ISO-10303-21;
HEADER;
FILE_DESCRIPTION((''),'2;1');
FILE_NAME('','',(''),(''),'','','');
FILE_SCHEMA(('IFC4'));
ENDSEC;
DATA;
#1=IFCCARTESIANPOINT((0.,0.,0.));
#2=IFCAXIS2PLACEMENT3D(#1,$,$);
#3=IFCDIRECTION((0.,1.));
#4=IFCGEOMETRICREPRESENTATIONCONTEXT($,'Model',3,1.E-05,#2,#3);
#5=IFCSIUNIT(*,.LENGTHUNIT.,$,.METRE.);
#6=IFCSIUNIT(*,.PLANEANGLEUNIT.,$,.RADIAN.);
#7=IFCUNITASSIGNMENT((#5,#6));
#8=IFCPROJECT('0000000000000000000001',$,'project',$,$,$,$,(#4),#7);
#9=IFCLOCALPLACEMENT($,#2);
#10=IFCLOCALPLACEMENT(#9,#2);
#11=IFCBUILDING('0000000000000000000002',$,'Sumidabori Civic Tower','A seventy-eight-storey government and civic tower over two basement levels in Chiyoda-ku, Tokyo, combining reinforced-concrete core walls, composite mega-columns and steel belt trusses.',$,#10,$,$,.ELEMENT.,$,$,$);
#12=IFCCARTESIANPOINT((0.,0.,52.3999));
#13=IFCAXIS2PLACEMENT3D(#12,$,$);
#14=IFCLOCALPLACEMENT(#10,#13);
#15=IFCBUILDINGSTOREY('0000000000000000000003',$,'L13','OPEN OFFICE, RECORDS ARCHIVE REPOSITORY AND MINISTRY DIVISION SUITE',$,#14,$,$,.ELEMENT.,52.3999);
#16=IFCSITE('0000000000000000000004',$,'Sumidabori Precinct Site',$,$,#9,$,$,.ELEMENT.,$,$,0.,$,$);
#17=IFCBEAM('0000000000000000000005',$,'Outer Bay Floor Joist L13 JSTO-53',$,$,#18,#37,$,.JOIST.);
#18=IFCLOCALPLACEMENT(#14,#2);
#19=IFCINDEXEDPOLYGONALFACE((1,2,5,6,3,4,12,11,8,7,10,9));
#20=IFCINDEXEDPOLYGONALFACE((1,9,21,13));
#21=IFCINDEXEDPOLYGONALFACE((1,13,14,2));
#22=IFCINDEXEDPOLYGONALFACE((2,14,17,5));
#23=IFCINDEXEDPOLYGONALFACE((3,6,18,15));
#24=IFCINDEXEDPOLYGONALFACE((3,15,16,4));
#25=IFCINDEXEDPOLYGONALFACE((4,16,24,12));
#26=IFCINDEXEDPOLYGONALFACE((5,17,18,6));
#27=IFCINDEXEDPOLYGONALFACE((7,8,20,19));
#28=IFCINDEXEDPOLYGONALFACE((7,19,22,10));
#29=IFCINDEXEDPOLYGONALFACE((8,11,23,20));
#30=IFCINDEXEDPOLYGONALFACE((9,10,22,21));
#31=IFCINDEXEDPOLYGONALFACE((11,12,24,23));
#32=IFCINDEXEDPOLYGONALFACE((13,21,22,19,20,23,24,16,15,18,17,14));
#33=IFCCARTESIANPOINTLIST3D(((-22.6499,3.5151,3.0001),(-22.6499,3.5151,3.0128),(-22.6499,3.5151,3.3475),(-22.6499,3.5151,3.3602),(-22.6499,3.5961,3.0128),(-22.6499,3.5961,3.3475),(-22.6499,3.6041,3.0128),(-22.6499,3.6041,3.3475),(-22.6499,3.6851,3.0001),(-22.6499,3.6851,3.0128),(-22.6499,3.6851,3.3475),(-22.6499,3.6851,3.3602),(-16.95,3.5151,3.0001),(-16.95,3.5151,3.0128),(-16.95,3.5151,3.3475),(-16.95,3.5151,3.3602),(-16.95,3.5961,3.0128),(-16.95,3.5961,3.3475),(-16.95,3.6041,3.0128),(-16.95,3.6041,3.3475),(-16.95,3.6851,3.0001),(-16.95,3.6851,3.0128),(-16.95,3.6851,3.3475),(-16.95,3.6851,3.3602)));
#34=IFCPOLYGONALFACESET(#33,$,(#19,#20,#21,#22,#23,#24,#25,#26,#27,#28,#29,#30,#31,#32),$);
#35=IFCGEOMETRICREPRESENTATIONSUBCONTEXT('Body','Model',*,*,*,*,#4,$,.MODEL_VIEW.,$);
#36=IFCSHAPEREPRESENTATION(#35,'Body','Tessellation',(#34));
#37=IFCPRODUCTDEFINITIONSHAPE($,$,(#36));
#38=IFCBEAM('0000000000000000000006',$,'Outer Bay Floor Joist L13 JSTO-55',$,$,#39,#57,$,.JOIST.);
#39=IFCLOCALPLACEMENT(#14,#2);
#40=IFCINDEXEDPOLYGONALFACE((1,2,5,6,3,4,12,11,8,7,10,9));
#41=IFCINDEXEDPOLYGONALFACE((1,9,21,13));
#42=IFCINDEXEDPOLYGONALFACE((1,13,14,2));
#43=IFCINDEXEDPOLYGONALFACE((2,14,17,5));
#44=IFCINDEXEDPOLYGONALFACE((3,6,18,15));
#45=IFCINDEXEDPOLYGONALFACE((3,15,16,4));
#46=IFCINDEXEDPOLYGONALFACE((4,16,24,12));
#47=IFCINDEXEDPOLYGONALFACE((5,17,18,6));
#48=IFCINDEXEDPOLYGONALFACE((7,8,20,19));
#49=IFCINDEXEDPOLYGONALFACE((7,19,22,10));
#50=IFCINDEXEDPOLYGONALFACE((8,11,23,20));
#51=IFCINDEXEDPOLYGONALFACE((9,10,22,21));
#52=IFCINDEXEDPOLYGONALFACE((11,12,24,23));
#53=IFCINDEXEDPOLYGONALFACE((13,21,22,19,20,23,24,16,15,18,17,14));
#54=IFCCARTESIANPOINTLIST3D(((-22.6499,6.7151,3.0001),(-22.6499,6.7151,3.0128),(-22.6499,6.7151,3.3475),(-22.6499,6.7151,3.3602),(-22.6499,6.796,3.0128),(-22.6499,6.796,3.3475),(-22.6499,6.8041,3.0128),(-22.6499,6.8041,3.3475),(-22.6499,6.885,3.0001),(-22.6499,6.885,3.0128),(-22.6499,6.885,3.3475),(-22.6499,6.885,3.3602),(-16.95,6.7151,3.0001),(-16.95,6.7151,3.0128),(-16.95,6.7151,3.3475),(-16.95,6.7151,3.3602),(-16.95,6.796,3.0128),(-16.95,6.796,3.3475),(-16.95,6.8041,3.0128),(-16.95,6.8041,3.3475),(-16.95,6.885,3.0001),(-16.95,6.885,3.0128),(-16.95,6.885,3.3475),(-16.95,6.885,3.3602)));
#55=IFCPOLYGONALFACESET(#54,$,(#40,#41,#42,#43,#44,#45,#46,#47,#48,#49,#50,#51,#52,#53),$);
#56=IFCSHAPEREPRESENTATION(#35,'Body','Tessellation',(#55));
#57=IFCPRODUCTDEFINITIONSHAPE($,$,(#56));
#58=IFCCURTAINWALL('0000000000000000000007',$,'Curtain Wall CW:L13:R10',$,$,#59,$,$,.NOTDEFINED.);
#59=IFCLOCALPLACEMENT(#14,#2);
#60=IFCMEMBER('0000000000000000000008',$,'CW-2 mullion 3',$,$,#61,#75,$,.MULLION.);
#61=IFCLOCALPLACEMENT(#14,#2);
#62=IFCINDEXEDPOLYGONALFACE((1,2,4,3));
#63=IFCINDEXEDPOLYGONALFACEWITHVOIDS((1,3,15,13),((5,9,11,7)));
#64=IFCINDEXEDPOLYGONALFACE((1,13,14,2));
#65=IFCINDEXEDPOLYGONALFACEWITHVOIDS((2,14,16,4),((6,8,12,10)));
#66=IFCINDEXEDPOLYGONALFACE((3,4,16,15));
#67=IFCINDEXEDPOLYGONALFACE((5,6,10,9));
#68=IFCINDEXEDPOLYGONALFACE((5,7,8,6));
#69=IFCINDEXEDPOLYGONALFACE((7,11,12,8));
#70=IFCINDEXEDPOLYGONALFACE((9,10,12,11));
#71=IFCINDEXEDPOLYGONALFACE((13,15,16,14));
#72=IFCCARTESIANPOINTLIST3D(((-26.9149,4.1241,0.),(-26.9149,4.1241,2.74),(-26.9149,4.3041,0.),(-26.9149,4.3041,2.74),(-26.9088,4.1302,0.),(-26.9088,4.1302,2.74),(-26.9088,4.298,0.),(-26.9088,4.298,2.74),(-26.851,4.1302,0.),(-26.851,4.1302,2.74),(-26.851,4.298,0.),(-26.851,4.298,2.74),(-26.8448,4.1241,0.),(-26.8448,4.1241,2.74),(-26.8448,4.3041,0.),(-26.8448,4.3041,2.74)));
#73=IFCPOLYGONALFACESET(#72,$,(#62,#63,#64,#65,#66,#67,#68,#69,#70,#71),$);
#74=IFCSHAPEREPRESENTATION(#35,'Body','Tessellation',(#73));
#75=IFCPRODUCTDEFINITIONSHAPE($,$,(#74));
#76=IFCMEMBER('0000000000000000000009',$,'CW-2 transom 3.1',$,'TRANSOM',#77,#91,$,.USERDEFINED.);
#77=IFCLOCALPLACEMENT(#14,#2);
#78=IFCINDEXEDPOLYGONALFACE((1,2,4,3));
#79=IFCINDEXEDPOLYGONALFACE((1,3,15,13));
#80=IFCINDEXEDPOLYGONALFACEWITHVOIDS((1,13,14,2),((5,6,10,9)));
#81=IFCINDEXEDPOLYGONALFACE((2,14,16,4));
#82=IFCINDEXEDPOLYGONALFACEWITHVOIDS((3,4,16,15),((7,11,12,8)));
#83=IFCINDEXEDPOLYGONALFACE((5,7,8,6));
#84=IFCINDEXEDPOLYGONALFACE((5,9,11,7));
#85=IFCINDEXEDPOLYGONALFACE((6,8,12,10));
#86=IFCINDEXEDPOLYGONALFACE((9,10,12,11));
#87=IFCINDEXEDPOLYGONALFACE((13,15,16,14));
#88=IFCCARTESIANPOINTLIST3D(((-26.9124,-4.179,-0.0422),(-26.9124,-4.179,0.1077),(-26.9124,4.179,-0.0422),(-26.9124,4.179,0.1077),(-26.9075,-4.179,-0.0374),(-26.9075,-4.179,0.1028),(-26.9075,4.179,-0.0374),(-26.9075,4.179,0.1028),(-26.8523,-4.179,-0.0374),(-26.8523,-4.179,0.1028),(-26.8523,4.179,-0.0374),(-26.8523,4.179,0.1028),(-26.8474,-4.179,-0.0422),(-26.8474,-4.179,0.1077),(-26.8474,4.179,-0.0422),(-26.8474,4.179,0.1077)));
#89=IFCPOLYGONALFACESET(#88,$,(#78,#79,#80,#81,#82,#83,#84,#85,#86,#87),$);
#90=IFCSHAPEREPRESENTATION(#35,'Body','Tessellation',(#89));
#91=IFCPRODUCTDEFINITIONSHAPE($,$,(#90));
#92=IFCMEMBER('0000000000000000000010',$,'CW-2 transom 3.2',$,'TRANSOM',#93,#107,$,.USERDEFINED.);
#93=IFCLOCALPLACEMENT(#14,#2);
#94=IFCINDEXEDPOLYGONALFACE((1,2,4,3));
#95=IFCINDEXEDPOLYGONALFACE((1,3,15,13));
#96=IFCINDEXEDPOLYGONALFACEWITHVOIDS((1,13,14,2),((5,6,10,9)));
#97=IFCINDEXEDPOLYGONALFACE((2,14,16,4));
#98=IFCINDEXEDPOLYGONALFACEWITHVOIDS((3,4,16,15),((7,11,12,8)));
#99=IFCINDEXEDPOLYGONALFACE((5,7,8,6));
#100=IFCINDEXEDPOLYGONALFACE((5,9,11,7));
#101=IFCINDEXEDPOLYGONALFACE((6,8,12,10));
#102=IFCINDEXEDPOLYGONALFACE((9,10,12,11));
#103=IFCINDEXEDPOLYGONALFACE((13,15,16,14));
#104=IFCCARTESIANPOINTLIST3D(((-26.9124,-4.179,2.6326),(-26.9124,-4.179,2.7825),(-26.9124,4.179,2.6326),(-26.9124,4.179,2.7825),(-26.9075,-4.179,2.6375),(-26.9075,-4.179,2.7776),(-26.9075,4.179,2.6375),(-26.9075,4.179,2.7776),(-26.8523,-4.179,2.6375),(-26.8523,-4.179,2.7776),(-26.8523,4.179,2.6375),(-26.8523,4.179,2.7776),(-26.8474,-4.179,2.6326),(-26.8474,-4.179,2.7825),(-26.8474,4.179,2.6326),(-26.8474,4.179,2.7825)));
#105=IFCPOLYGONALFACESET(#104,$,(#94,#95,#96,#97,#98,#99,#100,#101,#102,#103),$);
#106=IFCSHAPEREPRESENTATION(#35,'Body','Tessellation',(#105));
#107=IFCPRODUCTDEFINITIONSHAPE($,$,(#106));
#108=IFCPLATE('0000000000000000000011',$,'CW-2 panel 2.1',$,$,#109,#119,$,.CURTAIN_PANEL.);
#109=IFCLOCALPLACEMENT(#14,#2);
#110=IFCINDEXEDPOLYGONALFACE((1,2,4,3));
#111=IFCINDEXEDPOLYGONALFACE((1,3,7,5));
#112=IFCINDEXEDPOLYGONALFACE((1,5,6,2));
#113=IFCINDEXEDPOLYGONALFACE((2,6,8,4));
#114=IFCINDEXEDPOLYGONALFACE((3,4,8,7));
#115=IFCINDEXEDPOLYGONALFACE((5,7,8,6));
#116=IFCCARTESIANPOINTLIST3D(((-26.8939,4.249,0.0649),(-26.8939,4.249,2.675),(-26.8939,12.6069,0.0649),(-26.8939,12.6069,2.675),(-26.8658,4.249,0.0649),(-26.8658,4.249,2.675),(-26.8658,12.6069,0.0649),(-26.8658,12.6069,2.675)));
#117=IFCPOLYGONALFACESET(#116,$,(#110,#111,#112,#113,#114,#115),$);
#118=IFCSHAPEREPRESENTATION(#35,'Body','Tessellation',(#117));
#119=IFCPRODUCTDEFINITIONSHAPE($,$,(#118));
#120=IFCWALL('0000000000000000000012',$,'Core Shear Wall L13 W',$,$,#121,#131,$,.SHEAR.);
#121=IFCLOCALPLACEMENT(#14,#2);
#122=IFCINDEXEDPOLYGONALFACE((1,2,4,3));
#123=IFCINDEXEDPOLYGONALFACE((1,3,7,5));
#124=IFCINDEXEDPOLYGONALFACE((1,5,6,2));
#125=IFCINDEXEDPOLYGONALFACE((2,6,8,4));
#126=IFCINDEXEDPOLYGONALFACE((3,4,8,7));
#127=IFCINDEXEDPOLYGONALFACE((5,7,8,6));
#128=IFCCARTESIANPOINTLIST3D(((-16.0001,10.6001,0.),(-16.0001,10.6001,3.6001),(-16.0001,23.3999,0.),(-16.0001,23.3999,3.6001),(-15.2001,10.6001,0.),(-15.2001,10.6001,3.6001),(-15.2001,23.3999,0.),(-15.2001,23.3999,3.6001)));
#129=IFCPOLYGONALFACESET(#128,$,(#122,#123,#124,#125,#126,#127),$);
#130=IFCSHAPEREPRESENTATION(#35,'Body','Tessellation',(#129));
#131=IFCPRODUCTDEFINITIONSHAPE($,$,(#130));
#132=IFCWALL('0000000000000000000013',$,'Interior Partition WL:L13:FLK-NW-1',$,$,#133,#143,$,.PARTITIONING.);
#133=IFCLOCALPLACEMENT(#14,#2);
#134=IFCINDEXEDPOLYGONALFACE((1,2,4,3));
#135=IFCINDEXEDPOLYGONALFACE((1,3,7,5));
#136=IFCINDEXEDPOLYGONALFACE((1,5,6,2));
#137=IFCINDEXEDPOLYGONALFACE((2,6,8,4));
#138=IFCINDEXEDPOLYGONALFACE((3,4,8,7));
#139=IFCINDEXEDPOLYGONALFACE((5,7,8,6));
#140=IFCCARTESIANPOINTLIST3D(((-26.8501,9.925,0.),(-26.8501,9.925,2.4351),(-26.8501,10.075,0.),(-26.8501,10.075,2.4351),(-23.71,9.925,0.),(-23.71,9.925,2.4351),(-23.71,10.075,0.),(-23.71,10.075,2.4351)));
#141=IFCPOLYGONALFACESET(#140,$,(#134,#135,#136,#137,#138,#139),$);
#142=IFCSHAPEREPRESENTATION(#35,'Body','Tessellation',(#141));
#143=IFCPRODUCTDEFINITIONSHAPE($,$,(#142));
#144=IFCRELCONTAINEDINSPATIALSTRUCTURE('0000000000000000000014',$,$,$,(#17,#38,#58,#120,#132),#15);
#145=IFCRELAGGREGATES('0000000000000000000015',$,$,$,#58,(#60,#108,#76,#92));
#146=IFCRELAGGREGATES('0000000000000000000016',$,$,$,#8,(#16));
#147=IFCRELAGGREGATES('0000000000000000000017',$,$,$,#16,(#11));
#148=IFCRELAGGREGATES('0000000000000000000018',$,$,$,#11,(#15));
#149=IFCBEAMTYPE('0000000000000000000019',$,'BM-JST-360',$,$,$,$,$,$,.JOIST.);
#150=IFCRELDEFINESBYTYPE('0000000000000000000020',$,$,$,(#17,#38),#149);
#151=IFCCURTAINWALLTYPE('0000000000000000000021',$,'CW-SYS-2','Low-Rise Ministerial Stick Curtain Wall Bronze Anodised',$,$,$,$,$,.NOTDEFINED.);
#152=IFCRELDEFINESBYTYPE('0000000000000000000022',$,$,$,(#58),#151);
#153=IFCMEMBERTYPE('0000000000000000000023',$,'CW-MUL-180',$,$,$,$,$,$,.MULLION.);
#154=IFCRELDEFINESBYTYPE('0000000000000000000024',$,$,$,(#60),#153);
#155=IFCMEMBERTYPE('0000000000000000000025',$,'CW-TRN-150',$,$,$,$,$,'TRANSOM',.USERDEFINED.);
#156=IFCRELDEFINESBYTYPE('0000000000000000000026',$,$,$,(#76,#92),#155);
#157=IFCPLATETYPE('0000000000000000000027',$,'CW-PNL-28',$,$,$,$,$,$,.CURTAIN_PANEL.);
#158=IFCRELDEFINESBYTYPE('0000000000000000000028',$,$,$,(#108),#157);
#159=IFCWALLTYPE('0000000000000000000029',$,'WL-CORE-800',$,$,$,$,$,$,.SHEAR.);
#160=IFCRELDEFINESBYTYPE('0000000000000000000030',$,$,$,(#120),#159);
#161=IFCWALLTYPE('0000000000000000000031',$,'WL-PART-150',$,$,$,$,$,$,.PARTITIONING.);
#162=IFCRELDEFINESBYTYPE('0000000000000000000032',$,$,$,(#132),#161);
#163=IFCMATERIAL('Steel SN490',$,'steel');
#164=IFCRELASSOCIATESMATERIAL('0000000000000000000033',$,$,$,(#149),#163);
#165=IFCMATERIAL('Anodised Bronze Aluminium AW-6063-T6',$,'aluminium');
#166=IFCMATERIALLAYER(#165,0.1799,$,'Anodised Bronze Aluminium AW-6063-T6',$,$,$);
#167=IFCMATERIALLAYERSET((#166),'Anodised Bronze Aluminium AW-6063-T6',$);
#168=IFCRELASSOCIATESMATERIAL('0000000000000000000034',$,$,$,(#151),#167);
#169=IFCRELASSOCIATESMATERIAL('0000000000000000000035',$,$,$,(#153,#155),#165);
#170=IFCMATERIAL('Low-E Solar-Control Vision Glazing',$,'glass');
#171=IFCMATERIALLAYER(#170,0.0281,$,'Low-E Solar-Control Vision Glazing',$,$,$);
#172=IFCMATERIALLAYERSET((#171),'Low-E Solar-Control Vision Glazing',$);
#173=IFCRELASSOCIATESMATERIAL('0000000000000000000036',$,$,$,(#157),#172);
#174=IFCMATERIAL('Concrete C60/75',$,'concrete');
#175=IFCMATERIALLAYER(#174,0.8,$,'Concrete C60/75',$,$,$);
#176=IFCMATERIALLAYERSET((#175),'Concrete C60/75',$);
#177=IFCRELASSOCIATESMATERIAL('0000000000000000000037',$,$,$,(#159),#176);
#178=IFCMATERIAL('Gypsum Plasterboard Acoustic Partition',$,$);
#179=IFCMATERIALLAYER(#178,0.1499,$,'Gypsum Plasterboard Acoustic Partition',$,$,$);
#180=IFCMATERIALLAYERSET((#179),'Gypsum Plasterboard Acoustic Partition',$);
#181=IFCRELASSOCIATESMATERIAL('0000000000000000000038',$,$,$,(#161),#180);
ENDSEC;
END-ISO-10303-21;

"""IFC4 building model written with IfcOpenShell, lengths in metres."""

from ifc_helpers import new_model, si_unit, direction, frame, frame_2d, origin, origin_2d, place, context, subcontext, project, spatial, rectangle, hollow_rectangle, i_section, extrude, source, transform, mapped, material, layer, layer_set, material_profile, profile_set, type_object, element, aggregate, save


model = new_model("IFC4")

# Units and contexts
model_context = context("Model", 3, precision=1e-05, world=origin(), true_north=direction((0.0, 1.0)))
body_context = subcontext(model_context, "Body", "Model", "MODEL_VIEW")
ifc_project = project(units=[si_unit("LENGTHUNIT", "METRE"), si_unit("PLANEANGLEUNIT", "RADIAN")], contexts=[model_context])

# Site, building, storey
site_placement = place(None, origin())
site = spatial("IfcSite", under=ifc_project, at=site_placement, Name="Sumidabori Precinct Site", CompositionType="ELEMENT", RefElevation=0.0)
building_placement = place(site_placement, origin())
building = spatial("IfcBuilding", under=site, at=building_placement, Name="Sumidabori Civic Tower", Description="A seventy-eight-storey government and civic tower over two basement levels in Chiyoda-ku, Tokyo, combining reinforced-concrete core walls, composite mega-columns and steel belt trusses.", CompositionType="ELEMENT")
storey_placement = place(building_placement, frame((0.0, 0.0, 52.3999)))
storey = spatial("IfcBuildingStorey", under=building, at=storey_placement, Name="L13", Description="OPEN OFFICE, RECORDS ARCHIVE REPOSITORY AND MINISTRY DIVISION SUITE", CompositionType="ELEMENT", Elevation=52.3999)

# Shared definitions
ifc_material_1 = material(Name="Concrete C60/75", Category="concrete")

# Beams
ifc_material_2 = material(Name="Steel SN490", Category="steel")
ifc_material_profile_1 = material_profile(ifc_material_2, i_section(OverallWidth=0.1699, OverallDepth=0.3601, WebThickness=0.0081, FlangeThickness=0.0127, at=origin_2d()), Name="IPE 360")
ifc_profile_set_1 = profile_set([ifc_material_profile_1], Name="Steel SN490")
beam_type_1 = type_object("IfcBeamType", Name="BM-JST-360", PredefinedType="JOIST", material=ifc_profile_set_1)
shared_shape_1 = source(origin(), body_context, "Body", "SweptSolid", [
    extrude(i_section(OverallWidth=0.1699, OverallDepth=0.3601, WebThickness=0.0081, FlangeThickness=0.0127, at=origin_2d()), origin(), (0.0, 0.0, 1.0), 5.7),
])
for number, where, z_axis, x_axis, name in (
    (1, (-22.6499, 3.6001, 3.1802), (1.0, 0.0, 0.0), (0.0, 1.0, 0.0), "Outer Bay Floor Joist L13 JSTO-53"),
    (2, (-22.6499, 6.8, 3.1802), (1.0, 0.0, 0.0), (0.0, 1.0, 0.0), "Outer Bay Floor Joist L13 JSTO-55"),
):
    element("IfcBeam", number, at=place(storey_placement, frame(where, z_axis=z_axis, x_axis=x_axis)), inside=storey, type_object=beam_type_1, Name=name, PredefinedType="JOIST", context=body_context, shape_type="MappedRepresentation", body=[
        mapped(shared_shape_1, transform((0.0, 0.0, 0.0), x_axis=(1.0, 0.0, 0.0), y_axis=(0.0, 1.0, 0.0), z_axis=(0.0, 0.0, 1.0), scale=1.0)),
    ])

# Curtain wall, members, plate
ifc_material_3 = material(Name="Anodised Bronze Aluminium AW-6063-T6", Category="aluminium")
ifc_layer_1 = layer(ifc_material_3, 0.1799, Name="Anodised Bronze Aluminium AW-6063-T6")
ifc_layer_set_1 = layer_set([ifc_layer_1], Name="Anodised Bronze Aluminium AW-6063-T6")
curtain_wall_type = type_object("IfcCurtainWallType", Name="CW-SYS-2", Description="Low-Rise Ministerial Stick Curtain Wall Bronze Anodised", PredefinedType="NOTDEFINED", material=ifc_layer_set_1)
curtain_wall_placement = place(storey_placement, origin())
curtain_wall = element("IfcCurtainWall", 3, at=curtain_wall_placement, inside=storey, type_object=curtain_wall_type, Name="Curtain Wall CW:L13:R10", PredefinedType="NOTDEFINED")
ifc_material_profile_2 = material_profile(ifc_material_3, hollow_rectangle(XDim=0.0701, YDim=0.1799, WallThickness=0.0061, at=origin_2d()), Name="ALU MULLION 180x70")
ifc_profile_set_2 = profile_set([ifc_material_profile_2], Name="Anodised Bronze Aluminium AW-6063-T6")
member_type_1 = type_object("IfcMemberType", Name="CW-MUL-180", PredefinedType="MULLION", material=ifc_profile_set_2)
shared_shape_2 = source(origin(), body_context, "Body", "SweptSolid", [
    extrude(hollow_rectangle(XDim=0.0701, YDim=0.1799, WallThickness=0.0061, at=origin_2d()), origin(), (0.0, 0.0, 1.0), 2.74),
])
member_1_placement = place(storey_placement, frame((-26.8799, 4.2141, 0.0), z_axis=(0.0, 0.0, 1.0), x_axis=(1.0, 0.0, 0.0)))
member_1 = element("IfcMember", 4, at=member_1_placement, type_object=member_type_1, Name="CW-2 mullion 3", PredefinedType="MULLION", context=body_context, shape_type="MappedRepresentation", body=[
    mapped(shared_shape_2, transform((0.0, 0.0, 0.0), x_axis=(1.0, 0.0, 0.0), y_axis=(0.0, 1.0, 0.0), z_axis=(0.0, 0.0, 1.0), scale=1.0)),
])
ifc_material_profile_3 = material_profile(ifc_material_3, hollow_rectangle(XDim=0.0649, YDim=0.1499, WallThickness=0.0049, at=origin_2d()), Name="ALU TRANSOM 150x65")
ifc_profile_set_3 = profile_set([ifc_material_profile_3], Name="Anodised Bronze Aluminium AW-6063-T6")
member_type_2 = type_object("IfcMemberType", Name="CW-TRN-150", ElementType="TRANSOM", PredefinedType="USERDEFINED", material=ifc_profile_set_3)
shared_shape_3 = source(origin(), body_context, "Body", "SweptSolid", [
    extrude(hollow_rectangle(XDim=0.0649, YDim=0.1499, WallThickness=0.0049, at=origin_2d()), origin(), (0.0, 0.0, 1.0), 8.3579),
])
member_2_placement = place(storey_placement, frame((-26.8799, 4.179, 0.0327), z_axis=(0.0, -1.0, 0.0), x_axis=(1.0, 0.0, 0.0)))
member_2 = element("IfcMember", 5, at=member_2_placement, type_object=member_type_2, Name="CW-2 transom 3.1", ObjectType="TRANSOM", PredefinedType="USERDEFINED", context=body_context, shape_type="MappedRepresentation", body=[
    mapped(shared_shape_3, transform((0.0, 0.0, 0.0), x_axis=(1.0, 0.0, 0.0), y_axis=(0.0, 1.0, 0.0), z_axis=(0.0, 0.0, 1.0), scale=1.0)),
])
member_3_placement = place(storey_placement, frame((-26.8799, 4.179, 2.7075), z_axis=(0.0, -1.0, 0.0), x_axis=(1.0, 0.0, 0.0)))
member_3 = element("IfcMember", 6, at=member_3_placement, type_object=member_type_2, Name="CW-2 transom 3.2", ObjectType="TRANSOM", PredefinedType="USERDEFINED", context=body_context, shape_type="MappedRepresentation", body=[
    mapped(shared_shape_3, transform((0.0, 0.0, 0.0), x_axis=(1.0, 0.0, 0.0), y_axis=(0.0, 1.0, 0.0), z_axis=(0.0, 0.0, 1.0), scale=1.0)),
])
ifc_material_4 = material(Name="Low-E Solar-Control Vision Glazing", Category="glass")
ifc_layer_2 = layer(ifc_material_4, 0.0281, Name="Low-E Solar-Control Vision Glazing")
ifc_layer_set_2 = layer_set([ifc_layer_2], Name="Low-E Solar-Control Vision Glazing")
plate_type = type_object("IfcPlateType", Name="CW-PNL-28", PredefinedType="CURTAIN_PANEL", material=ifc_layer_set_2)
shared_shape_4 = source(origin(), body_context, "Body", "SweptSolid", [
    extrude(rectangle(XDim=8.3579, YDim=0.0281, at=origin_2d()), origin(), (0.0, 0.0, 1.0), 2.6101),
])
plate_placement = place(storey_placement, frame((-26.8799, 8.428, 0.0649), z_axis=(0.0, 0.0, 1.0), x_axis=(0.0, -1.0, 0.0)))
plate = element("IfcPlate", 7, at=plate_placement, type_object=plate_type, Name="CW-2 panel 2.1", PredefinedType="CURTAIN_PANEL", context=body_context, shape_type="MappedRepresentation", body=[
    mapped(shared_shape_4, transform((0.0, 0.0, 0.0), x_axis=(1.0, 0.0, 0.0), y_axis=(0.0, 1.0, 0.0), z_axis=(0.0, 0.0, 1.0), scale=1.0)),
])
aggregate(curtain_wall, [member_1, plate, member_2, member_3])

# Shared definitions
ifc_layer_3 = layer(ifc_material_1, 0.8, Name="Concrete C60/75")
ifc_layer_set_3 = layer_set([ifc_layer_3], Name="Concrete C60/75")
wall_type_1 = type_object("IfcWallType", Name="WL-CORE-800", PredefinedType="SHEAR", material=ifc_layer_set_3)

# Walls
shared_shape_5 = source(origin(), body_context, "Body", "SweptSolid", [
    extrude(rectangle(XDim=12.7998, YDim=0.8, at=frame_2d((6.3999, 0.0))), origin(), (0.0, 0.0, 1.0), 3.6001),
])
wall_1_placement = place(storey_placement, frame((-15.6001, 10.6001, 0.0), z_axis=(0.0, 0.0, 1.0), x_axis=(0.0, 1.0, 0.0)))
element("IfcWall", 8, at=wall_1_placement, inside=storey, type_object=wall_type_1, Name="Core Shear Wall L13 W", PredefinedType="SHEAR", context=body_context, shape_type="MappedRepresentation", body=[
    mapped(shared_shape_5, transform((0.0, 0.0, 0.0), x_axis=(1.0, 0.0, 0.0), y_axis=(0.0, 1.0, 0.0), z_axis=(0.0, 0.0, 1.0), scale=1.0)),
])
ifc_material_5 = material(Name="Gypsum Plasterboard Acoustic Partition")
ifc_layer_4 = layer(ifc_material_5, 0.1499, Name="Gypsum Plasterboard Acoustic Partition")
ifc_layer_set_4 = layer_set([ifc_layer_4], Name="Gypsum Plasterboard Acoustic Partition")
wall_type_2 = type_object("IfcWallType", Name="WL-PART-150", PredefinedType="PARTITIONING", material=ifc_layer_set_4)
shared_shape_6 = source(origin(), body_context, "Body", "SweptSolid", [
    extrude(rectangle(XDim=3.1401, YDim=0.1499, at=frame_2d((1.5701, 0.0))), origin(), (0.0, 0.0, 1.0), 2.4351),
])
wall_2_placement = place(storey_placement, frame((-26.8501, 10.0, 0.0), z_axis=(0.0, 0.0, 1.0), x_axis=(1.0, 0.0, 0.0)))
element("IfcWall", 9, at=wall_2_placement, inside=storey, type_object=wall_type_2, Name="Interior Partition WL:L13:FLK-NW-1", PredefinedType="PARTITIONING", context=body_context, shape_type="MappedRepresentation", body=[
    mapped(shared_shape_6, transform((0.0, 0.0, 0.0), x_axis=(1.0, 0.0, 0.0), y_axis=(0.0, 1.0, 0.0), z_axis=(0.0, 0.0, 1.0), scale=1.0)),
])

save(model, "model.ifc")
